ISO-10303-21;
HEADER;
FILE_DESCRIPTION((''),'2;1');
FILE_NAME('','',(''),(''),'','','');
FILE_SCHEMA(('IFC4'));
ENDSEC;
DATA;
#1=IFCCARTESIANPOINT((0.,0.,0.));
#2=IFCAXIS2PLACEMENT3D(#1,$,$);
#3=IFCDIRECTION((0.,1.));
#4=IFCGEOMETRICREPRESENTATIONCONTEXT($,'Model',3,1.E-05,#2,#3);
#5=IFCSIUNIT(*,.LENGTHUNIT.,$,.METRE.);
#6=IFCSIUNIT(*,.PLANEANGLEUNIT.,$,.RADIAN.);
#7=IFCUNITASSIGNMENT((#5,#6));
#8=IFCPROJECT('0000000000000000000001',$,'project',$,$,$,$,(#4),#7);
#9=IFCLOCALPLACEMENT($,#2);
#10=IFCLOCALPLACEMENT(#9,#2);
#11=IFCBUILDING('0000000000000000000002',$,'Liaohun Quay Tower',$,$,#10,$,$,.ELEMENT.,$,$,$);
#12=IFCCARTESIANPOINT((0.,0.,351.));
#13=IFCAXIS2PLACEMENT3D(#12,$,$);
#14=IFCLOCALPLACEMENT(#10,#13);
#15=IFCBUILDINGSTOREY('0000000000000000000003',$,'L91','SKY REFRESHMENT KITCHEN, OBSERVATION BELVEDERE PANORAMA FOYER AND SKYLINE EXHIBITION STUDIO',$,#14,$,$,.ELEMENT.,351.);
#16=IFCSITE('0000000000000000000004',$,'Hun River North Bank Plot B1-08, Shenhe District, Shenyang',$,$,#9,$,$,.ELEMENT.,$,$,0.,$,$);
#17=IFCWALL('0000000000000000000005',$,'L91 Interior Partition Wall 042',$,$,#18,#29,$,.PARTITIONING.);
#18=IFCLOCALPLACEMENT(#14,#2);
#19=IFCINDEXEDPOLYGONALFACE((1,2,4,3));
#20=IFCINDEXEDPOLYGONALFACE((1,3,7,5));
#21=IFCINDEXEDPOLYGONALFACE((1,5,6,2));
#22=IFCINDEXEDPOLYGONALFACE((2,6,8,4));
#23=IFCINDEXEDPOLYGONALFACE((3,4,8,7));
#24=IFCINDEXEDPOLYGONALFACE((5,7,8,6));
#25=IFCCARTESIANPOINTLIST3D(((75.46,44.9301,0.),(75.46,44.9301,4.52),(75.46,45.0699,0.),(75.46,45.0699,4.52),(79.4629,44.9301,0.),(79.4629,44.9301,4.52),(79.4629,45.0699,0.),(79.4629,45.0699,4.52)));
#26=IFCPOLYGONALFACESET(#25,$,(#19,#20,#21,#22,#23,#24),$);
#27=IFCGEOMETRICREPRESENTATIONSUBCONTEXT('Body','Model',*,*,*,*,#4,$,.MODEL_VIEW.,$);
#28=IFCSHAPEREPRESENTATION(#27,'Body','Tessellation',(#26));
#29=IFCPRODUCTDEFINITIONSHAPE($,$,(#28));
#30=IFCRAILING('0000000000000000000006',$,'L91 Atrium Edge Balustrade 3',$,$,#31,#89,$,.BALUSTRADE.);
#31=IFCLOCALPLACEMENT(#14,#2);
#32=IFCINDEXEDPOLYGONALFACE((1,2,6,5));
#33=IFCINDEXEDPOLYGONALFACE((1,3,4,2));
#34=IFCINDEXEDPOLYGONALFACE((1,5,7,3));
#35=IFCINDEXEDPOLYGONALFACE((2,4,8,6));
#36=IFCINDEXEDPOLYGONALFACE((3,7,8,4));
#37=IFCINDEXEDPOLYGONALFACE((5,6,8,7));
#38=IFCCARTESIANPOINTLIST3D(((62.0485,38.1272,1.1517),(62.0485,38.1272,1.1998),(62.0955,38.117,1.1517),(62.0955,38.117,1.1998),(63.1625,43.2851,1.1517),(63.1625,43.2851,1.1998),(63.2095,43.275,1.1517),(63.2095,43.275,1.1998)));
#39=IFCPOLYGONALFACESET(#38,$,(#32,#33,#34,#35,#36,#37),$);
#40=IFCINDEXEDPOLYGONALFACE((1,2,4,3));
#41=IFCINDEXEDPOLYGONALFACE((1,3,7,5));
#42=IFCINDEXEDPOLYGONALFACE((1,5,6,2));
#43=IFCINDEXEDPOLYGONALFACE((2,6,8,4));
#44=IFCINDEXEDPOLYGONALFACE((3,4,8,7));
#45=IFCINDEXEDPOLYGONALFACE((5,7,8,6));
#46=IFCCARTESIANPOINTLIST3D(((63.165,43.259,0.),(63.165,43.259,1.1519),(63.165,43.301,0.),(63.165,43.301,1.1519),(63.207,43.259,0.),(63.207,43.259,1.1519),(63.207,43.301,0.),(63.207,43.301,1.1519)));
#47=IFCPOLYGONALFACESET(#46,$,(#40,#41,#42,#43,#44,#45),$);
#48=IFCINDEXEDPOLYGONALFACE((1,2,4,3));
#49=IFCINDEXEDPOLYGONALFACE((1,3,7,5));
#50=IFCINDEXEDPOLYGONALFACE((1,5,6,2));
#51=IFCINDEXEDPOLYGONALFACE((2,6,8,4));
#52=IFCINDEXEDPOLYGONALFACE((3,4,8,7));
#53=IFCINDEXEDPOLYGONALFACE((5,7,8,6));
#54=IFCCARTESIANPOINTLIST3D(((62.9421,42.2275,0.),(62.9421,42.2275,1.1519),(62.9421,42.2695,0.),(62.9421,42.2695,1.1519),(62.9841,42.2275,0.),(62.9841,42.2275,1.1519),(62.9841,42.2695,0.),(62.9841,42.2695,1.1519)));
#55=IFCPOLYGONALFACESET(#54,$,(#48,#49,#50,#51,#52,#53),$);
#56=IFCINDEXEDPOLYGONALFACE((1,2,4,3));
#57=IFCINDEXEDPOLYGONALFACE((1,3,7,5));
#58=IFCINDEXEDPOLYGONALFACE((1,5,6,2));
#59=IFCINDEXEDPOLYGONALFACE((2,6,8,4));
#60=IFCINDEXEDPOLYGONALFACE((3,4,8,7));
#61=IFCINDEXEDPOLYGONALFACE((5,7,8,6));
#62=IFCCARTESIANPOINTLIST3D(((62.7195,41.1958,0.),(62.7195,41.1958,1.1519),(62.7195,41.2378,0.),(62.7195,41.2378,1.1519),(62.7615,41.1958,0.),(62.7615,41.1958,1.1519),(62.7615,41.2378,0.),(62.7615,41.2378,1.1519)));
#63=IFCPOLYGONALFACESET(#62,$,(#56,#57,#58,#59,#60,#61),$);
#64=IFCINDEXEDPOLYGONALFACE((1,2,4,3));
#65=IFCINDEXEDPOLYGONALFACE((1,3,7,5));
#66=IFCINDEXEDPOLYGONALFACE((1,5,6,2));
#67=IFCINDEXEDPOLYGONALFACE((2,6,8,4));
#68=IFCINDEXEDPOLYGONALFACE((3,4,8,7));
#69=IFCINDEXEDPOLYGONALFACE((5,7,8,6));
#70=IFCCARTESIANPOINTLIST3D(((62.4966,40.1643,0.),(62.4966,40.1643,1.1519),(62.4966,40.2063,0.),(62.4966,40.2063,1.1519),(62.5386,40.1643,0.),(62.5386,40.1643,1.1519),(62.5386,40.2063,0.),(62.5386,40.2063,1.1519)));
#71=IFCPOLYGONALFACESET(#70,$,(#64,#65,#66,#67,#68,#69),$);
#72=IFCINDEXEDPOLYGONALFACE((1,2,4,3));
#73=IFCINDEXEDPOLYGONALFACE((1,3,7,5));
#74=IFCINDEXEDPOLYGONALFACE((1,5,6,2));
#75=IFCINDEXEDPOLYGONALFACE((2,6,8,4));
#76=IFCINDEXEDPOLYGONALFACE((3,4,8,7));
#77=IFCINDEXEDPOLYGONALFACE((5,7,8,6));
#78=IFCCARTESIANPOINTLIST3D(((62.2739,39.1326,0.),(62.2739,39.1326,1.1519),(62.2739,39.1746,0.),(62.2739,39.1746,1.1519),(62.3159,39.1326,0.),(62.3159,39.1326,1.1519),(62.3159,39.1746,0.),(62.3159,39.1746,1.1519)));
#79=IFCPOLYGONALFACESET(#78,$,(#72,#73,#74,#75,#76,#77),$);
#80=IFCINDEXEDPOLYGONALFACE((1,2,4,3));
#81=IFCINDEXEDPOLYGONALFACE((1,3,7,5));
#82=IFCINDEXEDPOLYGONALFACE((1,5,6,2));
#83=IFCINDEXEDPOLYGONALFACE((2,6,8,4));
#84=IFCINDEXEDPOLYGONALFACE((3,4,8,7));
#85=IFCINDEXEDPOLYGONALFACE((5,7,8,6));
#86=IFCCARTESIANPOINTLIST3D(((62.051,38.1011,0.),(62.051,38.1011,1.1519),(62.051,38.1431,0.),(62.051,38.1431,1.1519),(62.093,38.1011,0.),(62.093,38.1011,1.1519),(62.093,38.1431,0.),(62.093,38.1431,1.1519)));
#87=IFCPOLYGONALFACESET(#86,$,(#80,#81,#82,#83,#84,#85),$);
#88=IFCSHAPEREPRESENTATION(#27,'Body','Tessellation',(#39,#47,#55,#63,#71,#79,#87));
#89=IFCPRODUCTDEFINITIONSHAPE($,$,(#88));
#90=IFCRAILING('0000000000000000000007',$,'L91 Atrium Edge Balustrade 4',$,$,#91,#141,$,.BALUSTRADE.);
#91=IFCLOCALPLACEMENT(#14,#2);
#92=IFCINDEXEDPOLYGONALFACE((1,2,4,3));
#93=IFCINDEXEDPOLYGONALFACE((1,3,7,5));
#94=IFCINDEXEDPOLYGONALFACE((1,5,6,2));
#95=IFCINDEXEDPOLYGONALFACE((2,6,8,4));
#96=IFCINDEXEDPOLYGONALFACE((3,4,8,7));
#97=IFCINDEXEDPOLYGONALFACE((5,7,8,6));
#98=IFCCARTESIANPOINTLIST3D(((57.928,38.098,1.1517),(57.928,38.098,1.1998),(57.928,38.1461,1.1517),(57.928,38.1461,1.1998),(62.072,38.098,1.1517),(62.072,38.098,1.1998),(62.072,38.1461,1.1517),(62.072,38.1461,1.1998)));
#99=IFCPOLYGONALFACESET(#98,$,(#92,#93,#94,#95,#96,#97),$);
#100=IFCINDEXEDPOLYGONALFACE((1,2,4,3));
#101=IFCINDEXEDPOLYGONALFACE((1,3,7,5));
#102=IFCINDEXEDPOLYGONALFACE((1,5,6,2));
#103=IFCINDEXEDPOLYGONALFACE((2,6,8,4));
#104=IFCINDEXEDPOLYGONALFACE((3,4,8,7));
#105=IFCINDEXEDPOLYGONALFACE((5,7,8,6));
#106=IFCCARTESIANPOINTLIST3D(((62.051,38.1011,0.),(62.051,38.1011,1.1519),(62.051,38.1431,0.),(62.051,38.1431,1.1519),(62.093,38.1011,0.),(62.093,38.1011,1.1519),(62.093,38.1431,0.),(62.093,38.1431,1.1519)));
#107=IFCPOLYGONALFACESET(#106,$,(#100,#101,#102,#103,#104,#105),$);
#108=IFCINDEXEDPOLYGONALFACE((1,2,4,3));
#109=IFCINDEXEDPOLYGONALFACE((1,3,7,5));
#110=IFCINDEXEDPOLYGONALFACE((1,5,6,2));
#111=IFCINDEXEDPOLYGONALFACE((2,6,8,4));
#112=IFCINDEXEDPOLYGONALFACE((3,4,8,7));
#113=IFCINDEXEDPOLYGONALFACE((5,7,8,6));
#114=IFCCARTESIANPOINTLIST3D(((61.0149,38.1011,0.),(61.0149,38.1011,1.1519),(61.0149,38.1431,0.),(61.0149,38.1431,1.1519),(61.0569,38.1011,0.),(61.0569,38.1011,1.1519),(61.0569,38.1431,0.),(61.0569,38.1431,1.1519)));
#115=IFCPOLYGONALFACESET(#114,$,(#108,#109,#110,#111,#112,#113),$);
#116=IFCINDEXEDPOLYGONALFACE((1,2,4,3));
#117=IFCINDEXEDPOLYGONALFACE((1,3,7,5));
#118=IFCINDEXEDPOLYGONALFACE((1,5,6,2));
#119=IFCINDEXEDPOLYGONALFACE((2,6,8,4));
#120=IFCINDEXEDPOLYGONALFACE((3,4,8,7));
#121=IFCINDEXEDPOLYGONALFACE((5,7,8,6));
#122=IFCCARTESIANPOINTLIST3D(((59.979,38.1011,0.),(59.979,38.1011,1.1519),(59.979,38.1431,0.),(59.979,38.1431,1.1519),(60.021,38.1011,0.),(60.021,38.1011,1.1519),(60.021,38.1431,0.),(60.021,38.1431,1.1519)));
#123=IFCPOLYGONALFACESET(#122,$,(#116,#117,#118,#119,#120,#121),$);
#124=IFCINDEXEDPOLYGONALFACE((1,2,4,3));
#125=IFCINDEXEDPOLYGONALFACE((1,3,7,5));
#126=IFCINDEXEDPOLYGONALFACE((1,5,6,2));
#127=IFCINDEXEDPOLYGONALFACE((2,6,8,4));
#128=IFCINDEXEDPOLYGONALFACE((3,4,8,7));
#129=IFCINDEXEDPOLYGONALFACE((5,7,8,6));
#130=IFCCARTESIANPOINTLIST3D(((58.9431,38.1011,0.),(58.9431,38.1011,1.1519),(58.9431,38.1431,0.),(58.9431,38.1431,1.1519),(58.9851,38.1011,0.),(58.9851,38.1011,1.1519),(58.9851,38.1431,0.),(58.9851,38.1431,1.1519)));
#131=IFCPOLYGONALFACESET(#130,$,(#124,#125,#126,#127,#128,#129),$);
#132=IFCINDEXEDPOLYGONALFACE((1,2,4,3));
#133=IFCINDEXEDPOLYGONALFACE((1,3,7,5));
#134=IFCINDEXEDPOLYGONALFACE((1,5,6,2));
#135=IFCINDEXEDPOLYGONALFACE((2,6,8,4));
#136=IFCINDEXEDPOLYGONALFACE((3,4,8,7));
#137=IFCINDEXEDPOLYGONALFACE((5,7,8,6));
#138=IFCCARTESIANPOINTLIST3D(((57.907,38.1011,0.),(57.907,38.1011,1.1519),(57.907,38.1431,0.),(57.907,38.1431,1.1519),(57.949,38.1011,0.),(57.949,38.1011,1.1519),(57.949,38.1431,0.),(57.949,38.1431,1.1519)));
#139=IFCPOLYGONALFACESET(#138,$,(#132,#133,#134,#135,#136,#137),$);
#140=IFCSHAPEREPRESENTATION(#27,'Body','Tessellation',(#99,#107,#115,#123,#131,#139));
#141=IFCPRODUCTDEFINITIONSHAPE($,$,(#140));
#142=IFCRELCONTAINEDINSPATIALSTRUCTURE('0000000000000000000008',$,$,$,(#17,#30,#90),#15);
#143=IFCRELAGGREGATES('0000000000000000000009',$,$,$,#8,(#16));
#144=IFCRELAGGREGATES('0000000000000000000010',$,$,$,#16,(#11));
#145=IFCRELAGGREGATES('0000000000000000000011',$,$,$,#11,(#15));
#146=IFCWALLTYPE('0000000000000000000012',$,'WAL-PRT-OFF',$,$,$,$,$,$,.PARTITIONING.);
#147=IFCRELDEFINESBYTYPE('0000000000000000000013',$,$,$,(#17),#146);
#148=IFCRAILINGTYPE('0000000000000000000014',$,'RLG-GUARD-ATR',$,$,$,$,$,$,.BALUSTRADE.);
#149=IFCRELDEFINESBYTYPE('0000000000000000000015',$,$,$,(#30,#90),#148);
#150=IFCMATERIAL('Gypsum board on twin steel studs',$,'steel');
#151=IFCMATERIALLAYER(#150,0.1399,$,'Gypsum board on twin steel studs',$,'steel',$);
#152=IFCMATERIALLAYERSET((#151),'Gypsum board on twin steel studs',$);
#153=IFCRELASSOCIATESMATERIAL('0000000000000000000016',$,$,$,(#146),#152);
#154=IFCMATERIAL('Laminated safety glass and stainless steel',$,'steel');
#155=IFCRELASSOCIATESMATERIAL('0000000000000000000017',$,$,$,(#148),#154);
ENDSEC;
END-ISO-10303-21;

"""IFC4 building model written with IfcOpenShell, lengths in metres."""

from ifc_helpers import new_model, si_unit, direction, frame, frame_2d, origin, origin_2d, place, context, subcontext, project, spatial, rectangle, extrude, material, layer, layer_set, type_object, element, save


model = new_model("IFC4")

# Units and contexts
model_context = context("Model", 3, precision=1e-05, world=origin(), true_north=direction((0.0, 1.0)))
body_context = subcontext(model_context, "Body", "Model", "MODEL_VIEW")
ifc_project = project(units=[si_unit("LENGTHUNIT", "METRE"), si_unit("PLANEANGLEUNIT", "RADIAN")], contexts=[model_context])

# Site, building, storey
site_placement = place(None, origin())
site = spatial("IfcSite", under=ifc_project, at=site_placement, Name="Hun River North Bank Plot B1-08, Shenhe District, Shenyang", CompositionType="ELEMENT", RefElevation=0.0)
building_placement = place(site_placement, origin())
building = spatial("IfcBuilding", under=site, at=building_placement, Name="Liaohun Quay Tower", CompositionType="ELEMENT")
storey_placement = place(building_placement, frame((0.0, 0.0, 351.0)))
storey = spatial("IfcBuildingStorey", under=building, at=storey_placement, Name="L91", Description="SKY REFRESHMENT KITCHEN, OBSERVATION BELVEDERE PANORAMA FOYER AND SKYLINE EXHIBITION STUDIO", CompositionType="ELEMENT", Elevation=351.0)

# Wall
ifc_material_1 = material(Name="Gypsum board on twin steel studs", Category="steel")
ifc_layer_1 = layer(ifc_material_1, 0.1399, Name="Gypsum board on twin steel studs", Category="steel")
ifc_layer_set_1 = layer_set([ifc_layer_1], Name="Gypsum board on twin steel studs")
wall_type_1 = type_object("IfcWallType", Name="WAL-PRT-OFF", PredefinedType="PARTITIONING", material=ifc_layer_set_1)
wall_1_placement = place(storey_placement, frame((75.46, 45.0, 0.0), z_axis=(0.0, 0.0, 1.0), x_axis=(1.0, 0.0, 0.0)))
element("IfcWall", 1, at=wall_1_placement, inside=storey, type_object=wall_type_1, Name="L91 Interior Partition Wall 042", PredefinedType="PARTITIONING", context=body_context, shape_type="SweptSolid", body=[
    extrude(rectangle(XDim=4.0029, YDim=0.1399, at=frame_2d((2.0015, 0.0))), origin(), (0.0, 0.0, 1.0), 4.52),
])

# Railings
ifc_material_2 = material(Name="Laminated safety glass and stainless steel", Category="steel")
railing_type = type_object("IfcRailingType", Name="RLG-GUARD-ATR", PredefinedType="BALUSTRADE", material=ifc_material_2)
railing_1_placement = place(storey_placement, frame((63.186, 43.28, 0.0)))
element("IfcRailing", 2, at=railing_1_placement, inside=storey, type_object=railing_type, Name="L91 Atrium Edge Balustrade 3", PredefinedType="BALUSTRADE", context=body_context, shape_type="SweptSolid", body=[
    extrude(rectangle(XDim=0.0481, YDim=0.0481, at=origin_2d()), frame((0.0, 0.0, 1.1758), z_axis=(-0.211112, -0.977462, 0.0), x_axis=(0.977462, -0.211112, 0.0)), (0.0, 0.0, 1.0), 5.2769),
    extrude(rectangle(XDim=0.042, YDim=0.042, at=origin_2d()), origin(), (0.0, 0.0, 1.0), 1.1519),
    extrude(rectangle(XDim=0.042, YDim=0.042, at=origin_2d()), frame((-0.2229, -1.0315, 0.0)), (0.0, 0.0, 1.0), 1.1519),
    extrude(rectangle(XDim=0.042, YDim=0.042, at=origin_2d()), frame((-0.4456, -2.0632, 0.0)), (0.0, 0.0, 1.0), 1.1519),
    extrude(rectangle(XDim=0.042, YDim=0.042, at=origin_2d()), frame((-0.6685, -3.0947, 0.0)), (0.0, 0.0, 1.0), 1.1519),
    extrude(rectangle(XDim=0.042, YDim=0.042, at=origin_2d()), frame((-0.8911, -4.1265, 0.0)), (0.0, 0.0, 1.0), 1.1519),
    extrude(rectangle(XDim=0.042, YDim=0.042, at=origin_2d()), frame((-1.114, -5.158, 0.0)), (0.0, 0.0, 1.0), 1.1519),
])
railing_2_placement = place(storey_placement, frame((62.072, 38.1221, 0.0)))
element("IfcRailing", 3, at=railing_2_placement, inside=storey, type_object=railing_type, Name="L91 Atrium Edge Balustrade 4", PredefinedType="BALUSTRADE", context=body_context, shape_type="SweptSolid", body=[
    extrude(rectangle(XDim=0.0481, YDim=0.0481, at=origin_2d()), frame((0.0, 0.0, 1.1758), z_axis=(-1.0, 0.0, 0.0), x_axis=(0.0, -1.0, 0.0)), (0.0, 0.0, 1.0), 4.144),
    extrude(rectangle(XDim=0.042, YDim=0.042, at=origin_2d()), origin(), (0.0, 0.0, 1.0), 1.1519),
    extrude(rectangle(XDim=0.042, YDim=0.042, at=origin_2d()), frame((-1.0361, 0.0, 0.0)), (0.0, 0.0, 1.0), 1.1519),
    extrude(rectangle(XDim=0.042, YDim=0.042, at=origin_2d()), frame((-2.072, 0.0, 0.0)), (0.0, 0.0, 1.0), 1.1519),
    extrude(rectangle(XDim=0.042, YDim=0.042, at=origin_2d()), frame((-3.1079, 0.0, 0.0)), (0.0, 0.0, 1.0), 1.1519),
    extrude(rectangle(XDim=0.042, YDim=0.042, at=origin_2d()), frame((-4.144, 0.0, 0.0)), (0.0, 0.0, 1.0), 1.1519),
])

save(model, "model.ifc")
